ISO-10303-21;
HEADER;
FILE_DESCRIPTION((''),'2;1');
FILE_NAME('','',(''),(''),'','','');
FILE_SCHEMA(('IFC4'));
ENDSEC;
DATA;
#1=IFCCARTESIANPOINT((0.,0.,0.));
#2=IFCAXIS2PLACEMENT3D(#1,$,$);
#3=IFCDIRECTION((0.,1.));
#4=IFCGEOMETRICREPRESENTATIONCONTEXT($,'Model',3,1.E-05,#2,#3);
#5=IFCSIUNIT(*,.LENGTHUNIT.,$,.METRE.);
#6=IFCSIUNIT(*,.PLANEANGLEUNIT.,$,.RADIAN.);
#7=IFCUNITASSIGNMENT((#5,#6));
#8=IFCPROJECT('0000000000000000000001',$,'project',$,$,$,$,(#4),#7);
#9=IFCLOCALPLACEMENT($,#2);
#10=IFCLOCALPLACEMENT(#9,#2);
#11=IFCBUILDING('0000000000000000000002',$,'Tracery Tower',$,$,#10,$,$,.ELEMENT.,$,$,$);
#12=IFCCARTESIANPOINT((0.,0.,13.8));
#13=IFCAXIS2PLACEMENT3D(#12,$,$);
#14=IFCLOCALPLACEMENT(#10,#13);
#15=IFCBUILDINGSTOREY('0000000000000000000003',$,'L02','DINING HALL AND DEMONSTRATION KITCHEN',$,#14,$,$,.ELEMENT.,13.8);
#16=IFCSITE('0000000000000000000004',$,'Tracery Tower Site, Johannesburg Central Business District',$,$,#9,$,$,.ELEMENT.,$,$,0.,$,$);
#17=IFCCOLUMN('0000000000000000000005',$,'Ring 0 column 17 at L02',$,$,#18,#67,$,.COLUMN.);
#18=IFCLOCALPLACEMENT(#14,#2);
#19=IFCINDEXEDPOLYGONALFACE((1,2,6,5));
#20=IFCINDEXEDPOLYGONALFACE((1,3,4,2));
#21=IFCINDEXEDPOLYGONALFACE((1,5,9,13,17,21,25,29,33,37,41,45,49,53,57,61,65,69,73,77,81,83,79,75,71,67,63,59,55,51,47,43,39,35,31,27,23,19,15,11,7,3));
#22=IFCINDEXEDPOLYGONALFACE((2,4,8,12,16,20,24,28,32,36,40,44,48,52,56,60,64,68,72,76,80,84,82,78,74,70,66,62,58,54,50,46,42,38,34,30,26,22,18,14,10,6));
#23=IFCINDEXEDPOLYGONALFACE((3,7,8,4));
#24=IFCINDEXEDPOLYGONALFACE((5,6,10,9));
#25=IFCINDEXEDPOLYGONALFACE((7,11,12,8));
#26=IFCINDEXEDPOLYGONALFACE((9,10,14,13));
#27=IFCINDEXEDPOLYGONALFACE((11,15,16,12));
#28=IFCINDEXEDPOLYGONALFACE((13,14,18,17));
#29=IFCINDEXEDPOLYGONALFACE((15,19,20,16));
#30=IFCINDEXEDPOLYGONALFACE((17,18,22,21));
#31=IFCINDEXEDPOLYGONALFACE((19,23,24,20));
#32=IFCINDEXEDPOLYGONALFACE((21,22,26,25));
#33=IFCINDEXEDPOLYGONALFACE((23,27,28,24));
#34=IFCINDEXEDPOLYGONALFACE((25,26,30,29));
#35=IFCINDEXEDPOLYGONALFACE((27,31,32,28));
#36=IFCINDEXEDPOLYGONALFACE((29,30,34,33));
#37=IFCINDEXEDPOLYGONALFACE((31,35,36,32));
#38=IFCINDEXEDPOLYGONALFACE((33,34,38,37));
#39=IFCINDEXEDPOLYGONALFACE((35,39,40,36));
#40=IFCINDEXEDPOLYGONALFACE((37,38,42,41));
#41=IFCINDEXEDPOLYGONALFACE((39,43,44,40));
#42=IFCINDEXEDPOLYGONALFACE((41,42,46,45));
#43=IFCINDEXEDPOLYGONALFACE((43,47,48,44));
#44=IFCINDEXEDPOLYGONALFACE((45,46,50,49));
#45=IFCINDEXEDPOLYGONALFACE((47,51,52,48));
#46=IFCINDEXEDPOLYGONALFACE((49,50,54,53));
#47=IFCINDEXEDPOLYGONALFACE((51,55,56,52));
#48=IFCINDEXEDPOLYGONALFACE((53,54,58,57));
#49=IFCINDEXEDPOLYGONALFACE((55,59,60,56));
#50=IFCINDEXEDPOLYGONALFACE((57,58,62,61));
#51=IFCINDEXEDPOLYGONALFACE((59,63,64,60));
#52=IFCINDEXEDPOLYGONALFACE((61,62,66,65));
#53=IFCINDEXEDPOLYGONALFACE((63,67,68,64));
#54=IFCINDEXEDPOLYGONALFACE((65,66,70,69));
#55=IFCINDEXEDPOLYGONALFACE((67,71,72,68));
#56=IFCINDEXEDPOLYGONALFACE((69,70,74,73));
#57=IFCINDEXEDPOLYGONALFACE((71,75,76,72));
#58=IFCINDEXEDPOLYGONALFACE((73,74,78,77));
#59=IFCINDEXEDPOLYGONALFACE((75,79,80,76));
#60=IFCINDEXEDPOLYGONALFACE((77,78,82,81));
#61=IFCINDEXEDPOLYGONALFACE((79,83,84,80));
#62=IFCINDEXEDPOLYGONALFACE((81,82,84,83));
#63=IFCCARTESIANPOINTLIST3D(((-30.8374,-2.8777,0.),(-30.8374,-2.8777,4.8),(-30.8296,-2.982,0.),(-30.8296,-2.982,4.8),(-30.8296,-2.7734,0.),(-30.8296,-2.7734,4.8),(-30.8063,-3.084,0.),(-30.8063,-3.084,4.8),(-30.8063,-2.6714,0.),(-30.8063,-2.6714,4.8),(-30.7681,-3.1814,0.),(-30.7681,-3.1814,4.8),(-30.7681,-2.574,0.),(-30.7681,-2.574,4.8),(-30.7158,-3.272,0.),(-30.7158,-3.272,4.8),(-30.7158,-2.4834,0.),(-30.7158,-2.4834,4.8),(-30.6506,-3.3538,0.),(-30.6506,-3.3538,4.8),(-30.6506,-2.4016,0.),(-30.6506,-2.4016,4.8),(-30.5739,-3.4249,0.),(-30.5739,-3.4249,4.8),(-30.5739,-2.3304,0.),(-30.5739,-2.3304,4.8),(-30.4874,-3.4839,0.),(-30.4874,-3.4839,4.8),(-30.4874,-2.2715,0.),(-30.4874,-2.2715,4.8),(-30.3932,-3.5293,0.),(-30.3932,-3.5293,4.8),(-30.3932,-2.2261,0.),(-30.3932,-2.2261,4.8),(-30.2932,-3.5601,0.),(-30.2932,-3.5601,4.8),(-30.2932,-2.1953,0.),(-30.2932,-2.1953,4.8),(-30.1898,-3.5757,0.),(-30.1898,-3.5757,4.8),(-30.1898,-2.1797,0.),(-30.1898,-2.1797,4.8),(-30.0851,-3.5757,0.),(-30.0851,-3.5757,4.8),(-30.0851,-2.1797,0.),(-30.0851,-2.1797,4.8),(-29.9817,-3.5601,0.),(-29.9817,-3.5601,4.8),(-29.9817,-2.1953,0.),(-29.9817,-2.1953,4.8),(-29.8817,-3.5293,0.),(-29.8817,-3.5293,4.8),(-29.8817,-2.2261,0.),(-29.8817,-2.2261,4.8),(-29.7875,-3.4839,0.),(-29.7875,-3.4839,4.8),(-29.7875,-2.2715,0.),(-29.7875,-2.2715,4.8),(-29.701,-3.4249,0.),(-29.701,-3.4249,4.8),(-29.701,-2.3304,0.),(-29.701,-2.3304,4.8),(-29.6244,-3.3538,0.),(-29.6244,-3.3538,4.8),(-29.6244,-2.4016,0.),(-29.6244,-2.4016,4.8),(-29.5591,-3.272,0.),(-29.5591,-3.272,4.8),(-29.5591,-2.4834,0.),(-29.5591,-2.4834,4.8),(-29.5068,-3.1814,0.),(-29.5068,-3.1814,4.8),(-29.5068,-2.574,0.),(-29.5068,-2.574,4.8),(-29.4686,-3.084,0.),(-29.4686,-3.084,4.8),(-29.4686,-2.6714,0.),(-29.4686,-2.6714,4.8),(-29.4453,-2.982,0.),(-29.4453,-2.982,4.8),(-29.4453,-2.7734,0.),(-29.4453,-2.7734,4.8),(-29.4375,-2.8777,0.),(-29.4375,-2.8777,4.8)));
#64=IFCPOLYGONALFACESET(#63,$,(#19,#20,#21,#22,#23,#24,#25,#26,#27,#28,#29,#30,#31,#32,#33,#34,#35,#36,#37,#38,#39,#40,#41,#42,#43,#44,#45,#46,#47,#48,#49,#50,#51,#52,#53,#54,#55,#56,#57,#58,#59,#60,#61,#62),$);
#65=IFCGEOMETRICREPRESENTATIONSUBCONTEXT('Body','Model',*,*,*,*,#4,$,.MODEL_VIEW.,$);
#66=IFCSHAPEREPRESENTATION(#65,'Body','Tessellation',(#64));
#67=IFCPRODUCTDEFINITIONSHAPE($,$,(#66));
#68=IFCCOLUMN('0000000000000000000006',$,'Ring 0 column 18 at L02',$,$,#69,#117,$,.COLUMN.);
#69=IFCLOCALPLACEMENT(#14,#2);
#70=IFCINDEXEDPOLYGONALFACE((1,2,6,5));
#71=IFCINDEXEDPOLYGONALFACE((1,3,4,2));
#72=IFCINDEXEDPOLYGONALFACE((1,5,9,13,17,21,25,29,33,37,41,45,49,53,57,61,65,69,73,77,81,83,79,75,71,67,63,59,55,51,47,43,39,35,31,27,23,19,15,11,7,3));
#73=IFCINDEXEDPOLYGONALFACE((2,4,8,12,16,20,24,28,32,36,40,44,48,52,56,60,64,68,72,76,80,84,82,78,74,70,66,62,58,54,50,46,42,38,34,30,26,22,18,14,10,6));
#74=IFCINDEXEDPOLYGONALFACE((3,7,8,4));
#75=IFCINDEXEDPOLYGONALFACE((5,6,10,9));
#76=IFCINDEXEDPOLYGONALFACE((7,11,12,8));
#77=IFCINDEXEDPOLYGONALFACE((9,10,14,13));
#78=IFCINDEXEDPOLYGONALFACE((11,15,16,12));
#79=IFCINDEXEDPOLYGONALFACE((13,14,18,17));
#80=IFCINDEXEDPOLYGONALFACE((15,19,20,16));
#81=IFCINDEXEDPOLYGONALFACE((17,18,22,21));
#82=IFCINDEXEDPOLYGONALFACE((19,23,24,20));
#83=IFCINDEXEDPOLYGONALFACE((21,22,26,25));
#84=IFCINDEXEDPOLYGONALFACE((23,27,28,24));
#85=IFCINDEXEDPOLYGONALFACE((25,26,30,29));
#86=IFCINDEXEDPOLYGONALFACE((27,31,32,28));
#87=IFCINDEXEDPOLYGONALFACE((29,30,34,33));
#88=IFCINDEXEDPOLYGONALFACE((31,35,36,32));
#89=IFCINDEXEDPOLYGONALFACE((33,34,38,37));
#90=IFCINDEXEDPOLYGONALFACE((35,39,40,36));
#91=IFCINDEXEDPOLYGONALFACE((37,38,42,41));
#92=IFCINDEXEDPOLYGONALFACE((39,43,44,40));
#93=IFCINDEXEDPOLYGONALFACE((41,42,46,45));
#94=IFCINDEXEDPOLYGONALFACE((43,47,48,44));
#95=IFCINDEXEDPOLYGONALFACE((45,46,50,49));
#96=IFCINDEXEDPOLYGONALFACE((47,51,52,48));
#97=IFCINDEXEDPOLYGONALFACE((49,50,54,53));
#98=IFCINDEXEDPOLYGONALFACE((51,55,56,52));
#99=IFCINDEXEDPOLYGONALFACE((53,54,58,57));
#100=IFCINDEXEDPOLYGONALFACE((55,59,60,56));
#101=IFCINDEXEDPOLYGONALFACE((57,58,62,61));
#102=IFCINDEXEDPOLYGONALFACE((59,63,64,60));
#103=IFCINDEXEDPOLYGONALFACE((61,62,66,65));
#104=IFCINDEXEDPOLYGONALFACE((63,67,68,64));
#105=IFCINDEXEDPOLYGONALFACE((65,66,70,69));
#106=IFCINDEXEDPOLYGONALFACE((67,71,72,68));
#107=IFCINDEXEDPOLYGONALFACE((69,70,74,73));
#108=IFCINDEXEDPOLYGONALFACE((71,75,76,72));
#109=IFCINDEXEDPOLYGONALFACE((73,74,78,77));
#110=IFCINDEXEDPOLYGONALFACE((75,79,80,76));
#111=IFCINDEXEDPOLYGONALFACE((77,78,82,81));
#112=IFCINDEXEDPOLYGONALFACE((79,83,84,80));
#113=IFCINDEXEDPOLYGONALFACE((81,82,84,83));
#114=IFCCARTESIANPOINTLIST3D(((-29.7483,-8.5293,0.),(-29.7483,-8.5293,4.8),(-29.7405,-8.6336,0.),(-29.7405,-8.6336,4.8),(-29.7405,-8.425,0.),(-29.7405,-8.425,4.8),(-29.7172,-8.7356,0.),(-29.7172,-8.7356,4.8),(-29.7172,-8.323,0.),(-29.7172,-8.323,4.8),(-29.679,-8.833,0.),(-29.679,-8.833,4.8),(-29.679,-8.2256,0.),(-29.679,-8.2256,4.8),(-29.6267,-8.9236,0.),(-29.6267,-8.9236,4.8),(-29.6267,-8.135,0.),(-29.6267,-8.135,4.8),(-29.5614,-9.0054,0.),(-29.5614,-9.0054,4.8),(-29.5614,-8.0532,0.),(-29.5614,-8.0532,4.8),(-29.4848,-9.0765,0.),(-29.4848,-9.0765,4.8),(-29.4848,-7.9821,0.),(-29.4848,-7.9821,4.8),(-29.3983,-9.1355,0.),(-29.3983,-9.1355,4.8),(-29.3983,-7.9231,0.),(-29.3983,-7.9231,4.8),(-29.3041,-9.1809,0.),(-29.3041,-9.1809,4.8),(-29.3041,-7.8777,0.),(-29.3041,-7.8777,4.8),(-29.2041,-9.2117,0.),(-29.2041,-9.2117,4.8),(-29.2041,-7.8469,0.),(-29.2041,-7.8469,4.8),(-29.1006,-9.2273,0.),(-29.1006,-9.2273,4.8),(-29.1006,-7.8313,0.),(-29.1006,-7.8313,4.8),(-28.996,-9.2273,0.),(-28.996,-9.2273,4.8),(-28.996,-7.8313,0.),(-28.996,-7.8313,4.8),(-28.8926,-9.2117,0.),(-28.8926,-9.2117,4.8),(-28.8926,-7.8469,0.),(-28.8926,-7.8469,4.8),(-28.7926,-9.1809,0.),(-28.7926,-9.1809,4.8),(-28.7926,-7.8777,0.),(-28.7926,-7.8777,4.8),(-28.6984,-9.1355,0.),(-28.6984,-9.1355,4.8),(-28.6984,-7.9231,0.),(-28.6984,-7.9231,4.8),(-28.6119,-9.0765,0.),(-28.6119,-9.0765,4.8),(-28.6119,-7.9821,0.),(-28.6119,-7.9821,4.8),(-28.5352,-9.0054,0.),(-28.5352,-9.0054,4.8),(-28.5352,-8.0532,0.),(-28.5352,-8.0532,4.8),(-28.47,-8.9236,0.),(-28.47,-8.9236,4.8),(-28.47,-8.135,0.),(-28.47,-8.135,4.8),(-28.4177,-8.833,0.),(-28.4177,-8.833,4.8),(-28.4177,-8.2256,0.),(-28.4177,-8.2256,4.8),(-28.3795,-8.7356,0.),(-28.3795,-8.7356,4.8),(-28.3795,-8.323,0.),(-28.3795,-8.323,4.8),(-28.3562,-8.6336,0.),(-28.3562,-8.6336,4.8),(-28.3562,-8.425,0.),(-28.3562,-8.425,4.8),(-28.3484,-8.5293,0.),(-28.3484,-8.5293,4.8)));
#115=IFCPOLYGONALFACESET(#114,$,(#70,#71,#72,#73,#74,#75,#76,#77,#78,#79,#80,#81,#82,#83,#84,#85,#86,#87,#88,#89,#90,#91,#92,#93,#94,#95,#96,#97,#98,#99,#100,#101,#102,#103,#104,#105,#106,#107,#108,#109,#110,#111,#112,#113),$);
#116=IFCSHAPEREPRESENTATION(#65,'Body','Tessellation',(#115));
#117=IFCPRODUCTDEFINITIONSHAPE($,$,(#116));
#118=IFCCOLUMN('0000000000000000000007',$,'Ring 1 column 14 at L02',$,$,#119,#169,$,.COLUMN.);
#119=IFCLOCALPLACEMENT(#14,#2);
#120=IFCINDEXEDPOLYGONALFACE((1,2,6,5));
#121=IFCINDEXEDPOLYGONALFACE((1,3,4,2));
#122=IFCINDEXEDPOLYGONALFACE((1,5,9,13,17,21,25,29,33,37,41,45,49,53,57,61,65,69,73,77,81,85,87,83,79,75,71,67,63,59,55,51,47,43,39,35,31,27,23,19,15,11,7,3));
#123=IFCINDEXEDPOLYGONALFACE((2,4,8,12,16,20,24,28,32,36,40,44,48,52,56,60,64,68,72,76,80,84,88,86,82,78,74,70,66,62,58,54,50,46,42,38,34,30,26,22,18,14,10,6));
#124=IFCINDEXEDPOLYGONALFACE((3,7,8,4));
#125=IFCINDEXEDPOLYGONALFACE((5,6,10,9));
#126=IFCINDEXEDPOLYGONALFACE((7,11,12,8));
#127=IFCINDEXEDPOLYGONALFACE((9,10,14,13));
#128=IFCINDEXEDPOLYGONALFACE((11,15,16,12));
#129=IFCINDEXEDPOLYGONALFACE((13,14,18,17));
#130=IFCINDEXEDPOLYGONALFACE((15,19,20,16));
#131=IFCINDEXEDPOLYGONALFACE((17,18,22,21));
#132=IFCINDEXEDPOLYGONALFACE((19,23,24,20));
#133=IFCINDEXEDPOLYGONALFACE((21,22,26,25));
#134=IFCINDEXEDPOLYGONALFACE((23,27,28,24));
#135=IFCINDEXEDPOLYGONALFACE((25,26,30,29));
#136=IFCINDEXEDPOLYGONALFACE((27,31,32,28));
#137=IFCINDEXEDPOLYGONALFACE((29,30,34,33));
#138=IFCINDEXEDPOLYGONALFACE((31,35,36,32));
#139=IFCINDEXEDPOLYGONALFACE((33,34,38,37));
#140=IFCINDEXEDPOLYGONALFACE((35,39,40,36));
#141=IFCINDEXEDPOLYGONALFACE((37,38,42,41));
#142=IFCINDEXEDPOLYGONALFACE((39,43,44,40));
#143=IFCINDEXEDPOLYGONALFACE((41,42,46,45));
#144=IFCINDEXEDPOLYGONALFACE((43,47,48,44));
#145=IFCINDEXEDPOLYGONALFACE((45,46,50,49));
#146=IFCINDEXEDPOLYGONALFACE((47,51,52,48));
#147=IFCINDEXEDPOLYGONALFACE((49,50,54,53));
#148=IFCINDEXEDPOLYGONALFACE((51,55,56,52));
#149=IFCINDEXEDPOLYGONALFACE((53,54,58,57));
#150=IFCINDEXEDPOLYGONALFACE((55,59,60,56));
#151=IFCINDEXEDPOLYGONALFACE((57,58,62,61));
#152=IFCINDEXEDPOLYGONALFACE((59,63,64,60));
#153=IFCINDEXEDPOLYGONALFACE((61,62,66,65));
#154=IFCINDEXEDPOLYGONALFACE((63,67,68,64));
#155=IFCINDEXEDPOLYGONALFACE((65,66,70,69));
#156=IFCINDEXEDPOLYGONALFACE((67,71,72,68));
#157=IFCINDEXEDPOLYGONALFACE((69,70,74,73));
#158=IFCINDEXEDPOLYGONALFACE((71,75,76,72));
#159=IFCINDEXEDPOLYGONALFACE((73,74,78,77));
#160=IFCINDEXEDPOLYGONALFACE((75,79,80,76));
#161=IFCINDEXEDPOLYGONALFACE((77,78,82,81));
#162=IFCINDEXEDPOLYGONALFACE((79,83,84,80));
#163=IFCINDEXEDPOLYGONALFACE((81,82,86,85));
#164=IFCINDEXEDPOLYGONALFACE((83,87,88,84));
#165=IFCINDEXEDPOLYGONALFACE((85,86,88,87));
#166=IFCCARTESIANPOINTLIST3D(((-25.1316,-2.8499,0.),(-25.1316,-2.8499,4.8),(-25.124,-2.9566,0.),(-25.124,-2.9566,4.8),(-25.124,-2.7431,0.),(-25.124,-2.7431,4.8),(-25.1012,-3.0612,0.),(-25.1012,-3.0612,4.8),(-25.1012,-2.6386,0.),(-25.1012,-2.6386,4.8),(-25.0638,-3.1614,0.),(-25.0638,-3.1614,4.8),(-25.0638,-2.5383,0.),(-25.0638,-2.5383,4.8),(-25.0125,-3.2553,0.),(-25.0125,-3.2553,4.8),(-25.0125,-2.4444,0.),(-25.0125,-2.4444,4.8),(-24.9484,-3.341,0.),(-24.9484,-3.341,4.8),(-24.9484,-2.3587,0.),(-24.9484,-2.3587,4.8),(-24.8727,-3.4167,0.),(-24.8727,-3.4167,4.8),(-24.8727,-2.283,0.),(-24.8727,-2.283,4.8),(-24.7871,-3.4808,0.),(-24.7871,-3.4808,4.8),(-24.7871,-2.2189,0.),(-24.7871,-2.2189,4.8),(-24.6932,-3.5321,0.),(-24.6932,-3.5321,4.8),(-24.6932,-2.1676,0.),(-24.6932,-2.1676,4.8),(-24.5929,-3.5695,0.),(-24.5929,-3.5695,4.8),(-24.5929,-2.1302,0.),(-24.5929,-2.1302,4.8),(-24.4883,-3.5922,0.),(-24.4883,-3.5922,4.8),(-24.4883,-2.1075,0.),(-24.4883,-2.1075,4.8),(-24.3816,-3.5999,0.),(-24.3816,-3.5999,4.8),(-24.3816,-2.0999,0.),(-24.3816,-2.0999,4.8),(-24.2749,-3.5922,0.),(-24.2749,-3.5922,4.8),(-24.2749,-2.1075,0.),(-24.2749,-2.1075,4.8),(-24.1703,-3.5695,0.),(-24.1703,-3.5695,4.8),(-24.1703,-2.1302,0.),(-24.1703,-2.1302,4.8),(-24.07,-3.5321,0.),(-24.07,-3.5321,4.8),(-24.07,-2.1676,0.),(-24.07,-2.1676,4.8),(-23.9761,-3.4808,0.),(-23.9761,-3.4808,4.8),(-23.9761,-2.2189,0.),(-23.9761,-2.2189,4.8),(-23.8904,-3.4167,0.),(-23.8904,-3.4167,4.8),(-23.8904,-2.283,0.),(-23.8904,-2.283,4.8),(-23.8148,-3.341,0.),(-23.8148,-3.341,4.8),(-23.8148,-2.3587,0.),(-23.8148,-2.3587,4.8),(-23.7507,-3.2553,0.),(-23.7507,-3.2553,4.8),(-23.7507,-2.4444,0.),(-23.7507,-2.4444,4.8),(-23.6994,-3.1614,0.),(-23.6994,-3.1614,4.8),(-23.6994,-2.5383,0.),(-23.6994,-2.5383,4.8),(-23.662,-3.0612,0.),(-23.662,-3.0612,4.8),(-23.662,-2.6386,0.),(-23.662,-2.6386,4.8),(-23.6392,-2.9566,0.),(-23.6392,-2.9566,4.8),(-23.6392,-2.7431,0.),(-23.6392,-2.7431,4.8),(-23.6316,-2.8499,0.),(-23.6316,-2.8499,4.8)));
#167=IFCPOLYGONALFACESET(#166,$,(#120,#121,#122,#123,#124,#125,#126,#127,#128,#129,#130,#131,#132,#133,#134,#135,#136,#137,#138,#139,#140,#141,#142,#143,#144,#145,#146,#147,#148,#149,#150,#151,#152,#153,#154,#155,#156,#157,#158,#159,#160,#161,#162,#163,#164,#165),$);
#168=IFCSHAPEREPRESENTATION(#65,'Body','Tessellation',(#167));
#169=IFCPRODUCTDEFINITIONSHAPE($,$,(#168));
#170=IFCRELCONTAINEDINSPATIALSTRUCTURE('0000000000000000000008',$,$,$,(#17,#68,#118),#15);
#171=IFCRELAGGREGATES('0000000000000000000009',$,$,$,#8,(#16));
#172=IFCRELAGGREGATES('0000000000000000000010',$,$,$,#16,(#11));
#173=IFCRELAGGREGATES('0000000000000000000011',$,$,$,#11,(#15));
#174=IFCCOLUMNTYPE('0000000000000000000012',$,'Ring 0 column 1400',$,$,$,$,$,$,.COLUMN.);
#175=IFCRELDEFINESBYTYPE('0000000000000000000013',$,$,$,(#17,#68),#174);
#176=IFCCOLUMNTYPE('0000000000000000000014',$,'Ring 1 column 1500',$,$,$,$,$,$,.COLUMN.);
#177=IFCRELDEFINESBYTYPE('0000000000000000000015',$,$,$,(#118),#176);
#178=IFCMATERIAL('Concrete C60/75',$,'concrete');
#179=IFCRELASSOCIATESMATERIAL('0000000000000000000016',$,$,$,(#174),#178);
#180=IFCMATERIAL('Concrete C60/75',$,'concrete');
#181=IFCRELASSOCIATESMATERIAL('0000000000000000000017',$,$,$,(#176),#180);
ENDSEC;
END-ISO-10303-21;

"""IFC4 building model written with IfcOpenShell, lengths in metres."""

from ifc_helpers import new_model, si_unit, direction, frame, origin, origin_2d, place, context, subcontext, project, spatial, circle, extrude, material, material_profile, profile_set, type_object, element, save


model = new_model("IFC4")

# Units and contexts
model_context = context("Model", 3, precision=1e-05, world=origin(), true_north=direction((0.0, 1.0)))
body_context = subcontext(model_context, "Body", "Model", "MODEL_VIEW")
ifc_project = project(units=[si_unit("LENGTHUNIT", "METRE"), si_unit("PLANEANGLEUNIT", "RADIAN")], contexts=[model_context])

# Site, building, storey
site_placement = place(None, origin())
site = spatial("IfcSite", under=ifc_project, at=site_placement, Name="Tracery Tower Site, Johannesburg Central Business District", CompositionType="ELEMENT", RefElevation=0.0)
building_placement = place(site_placement, origin())
building = spatial("IfcBuilding", under=site, at=building_placement, Name="Tracery Tower", CompositionType="ELEMENT")
storey_placement = place(building_placement, frame((0.0, 0.0, 13.8)))
storey = spatial("IfcBuildingStorey", under=building, at=storey_placement, Name="L02", Description="DINING HALL AND DEMONSTRATION KITCHEN", CompositionType="ELEMENT", Elevation=13.8)

# Columns
ifc_material_1 = material(Name="Concrete C60/75", Category="concrete")
ifc_material_profile_1 = material_profile(ifc_material_1, circle(Radius=0.7, at=origin_2d()), Name="RC D1400")
ifc_profile_set_1 = profile_set([ifc_material_profile_1], Name="Concrete C60/75")
column_type_1 = type_object("IfcColumnType", Name="Ring 0 column 1400", PredefinedType="COLUMN", material=ifc_profile_set_1)
for number, where, z_axis, x_axis, name in (
    (1, (-30.1375, -2.8777, 0.0), (0.0, 0.0, 1.0), (1.0, 0.0, 0.0), "Ring 0 column 17 at L02"),
    (2, (-29.0483, -8.5293, 0.0), (0.0, 0.0, 1.0), (1.0, 0.0, 0.0), "Ring 0 column 18 at L02"),
):
    element("IfcColumn", number, at=place(storey_placement, frame(where, z_axis=z_axis, x_axis=x_axis)), inside=storey, type_object=column_type_1, Name=name, PredefinedType="COLUMN", context=body_context, shape_type="SweptSolid", body=[
        extrude(circle(Radius=0.7, at=origin_2d()), origin(), (0.0, 0.0, 1.0), 4.8),
    ])
ifc_material_2 = material(Name="Concrete C60/75", Category="concrete")
ifc_material_profile_2 = material_profile(ifc_material_2, circle(Radius=0.75, at=origin_2d()), Name="RC D1500")
ifc_profile_set_2 = profile_set([ifc_material_profile_2], Name="Concrete C60/75")
column_type_2 = type_object("IfcColumnType", Name="Ring 1 column 1500", PredefinedType="COLUMN", material=ifc_profile_set_2)
for number, where, z_axis, x_axis, name in (
    (3, (-24.3816, -2.8499, 0.0), (0.0, 0.0, 1.0), (1.0, 0.0, 0.0), "Ring 1 column 14 at L02"),
):
    element("IfcColumn", number, at=place(storey_placement, frame(where, z_axis=z_axis, x_axis=x_axis)), inside=storey, type_object=column_type_2, Name=name, PredefinedType="COLUMN", context=body_context, shape_type="SweptSolid", body=[
        extrude(circle(Radius=0.75, at=origin_2d()), origin(), (0.0, 0.0, 1.0), 4.8),
    ])

save(model, "model.ifc")
